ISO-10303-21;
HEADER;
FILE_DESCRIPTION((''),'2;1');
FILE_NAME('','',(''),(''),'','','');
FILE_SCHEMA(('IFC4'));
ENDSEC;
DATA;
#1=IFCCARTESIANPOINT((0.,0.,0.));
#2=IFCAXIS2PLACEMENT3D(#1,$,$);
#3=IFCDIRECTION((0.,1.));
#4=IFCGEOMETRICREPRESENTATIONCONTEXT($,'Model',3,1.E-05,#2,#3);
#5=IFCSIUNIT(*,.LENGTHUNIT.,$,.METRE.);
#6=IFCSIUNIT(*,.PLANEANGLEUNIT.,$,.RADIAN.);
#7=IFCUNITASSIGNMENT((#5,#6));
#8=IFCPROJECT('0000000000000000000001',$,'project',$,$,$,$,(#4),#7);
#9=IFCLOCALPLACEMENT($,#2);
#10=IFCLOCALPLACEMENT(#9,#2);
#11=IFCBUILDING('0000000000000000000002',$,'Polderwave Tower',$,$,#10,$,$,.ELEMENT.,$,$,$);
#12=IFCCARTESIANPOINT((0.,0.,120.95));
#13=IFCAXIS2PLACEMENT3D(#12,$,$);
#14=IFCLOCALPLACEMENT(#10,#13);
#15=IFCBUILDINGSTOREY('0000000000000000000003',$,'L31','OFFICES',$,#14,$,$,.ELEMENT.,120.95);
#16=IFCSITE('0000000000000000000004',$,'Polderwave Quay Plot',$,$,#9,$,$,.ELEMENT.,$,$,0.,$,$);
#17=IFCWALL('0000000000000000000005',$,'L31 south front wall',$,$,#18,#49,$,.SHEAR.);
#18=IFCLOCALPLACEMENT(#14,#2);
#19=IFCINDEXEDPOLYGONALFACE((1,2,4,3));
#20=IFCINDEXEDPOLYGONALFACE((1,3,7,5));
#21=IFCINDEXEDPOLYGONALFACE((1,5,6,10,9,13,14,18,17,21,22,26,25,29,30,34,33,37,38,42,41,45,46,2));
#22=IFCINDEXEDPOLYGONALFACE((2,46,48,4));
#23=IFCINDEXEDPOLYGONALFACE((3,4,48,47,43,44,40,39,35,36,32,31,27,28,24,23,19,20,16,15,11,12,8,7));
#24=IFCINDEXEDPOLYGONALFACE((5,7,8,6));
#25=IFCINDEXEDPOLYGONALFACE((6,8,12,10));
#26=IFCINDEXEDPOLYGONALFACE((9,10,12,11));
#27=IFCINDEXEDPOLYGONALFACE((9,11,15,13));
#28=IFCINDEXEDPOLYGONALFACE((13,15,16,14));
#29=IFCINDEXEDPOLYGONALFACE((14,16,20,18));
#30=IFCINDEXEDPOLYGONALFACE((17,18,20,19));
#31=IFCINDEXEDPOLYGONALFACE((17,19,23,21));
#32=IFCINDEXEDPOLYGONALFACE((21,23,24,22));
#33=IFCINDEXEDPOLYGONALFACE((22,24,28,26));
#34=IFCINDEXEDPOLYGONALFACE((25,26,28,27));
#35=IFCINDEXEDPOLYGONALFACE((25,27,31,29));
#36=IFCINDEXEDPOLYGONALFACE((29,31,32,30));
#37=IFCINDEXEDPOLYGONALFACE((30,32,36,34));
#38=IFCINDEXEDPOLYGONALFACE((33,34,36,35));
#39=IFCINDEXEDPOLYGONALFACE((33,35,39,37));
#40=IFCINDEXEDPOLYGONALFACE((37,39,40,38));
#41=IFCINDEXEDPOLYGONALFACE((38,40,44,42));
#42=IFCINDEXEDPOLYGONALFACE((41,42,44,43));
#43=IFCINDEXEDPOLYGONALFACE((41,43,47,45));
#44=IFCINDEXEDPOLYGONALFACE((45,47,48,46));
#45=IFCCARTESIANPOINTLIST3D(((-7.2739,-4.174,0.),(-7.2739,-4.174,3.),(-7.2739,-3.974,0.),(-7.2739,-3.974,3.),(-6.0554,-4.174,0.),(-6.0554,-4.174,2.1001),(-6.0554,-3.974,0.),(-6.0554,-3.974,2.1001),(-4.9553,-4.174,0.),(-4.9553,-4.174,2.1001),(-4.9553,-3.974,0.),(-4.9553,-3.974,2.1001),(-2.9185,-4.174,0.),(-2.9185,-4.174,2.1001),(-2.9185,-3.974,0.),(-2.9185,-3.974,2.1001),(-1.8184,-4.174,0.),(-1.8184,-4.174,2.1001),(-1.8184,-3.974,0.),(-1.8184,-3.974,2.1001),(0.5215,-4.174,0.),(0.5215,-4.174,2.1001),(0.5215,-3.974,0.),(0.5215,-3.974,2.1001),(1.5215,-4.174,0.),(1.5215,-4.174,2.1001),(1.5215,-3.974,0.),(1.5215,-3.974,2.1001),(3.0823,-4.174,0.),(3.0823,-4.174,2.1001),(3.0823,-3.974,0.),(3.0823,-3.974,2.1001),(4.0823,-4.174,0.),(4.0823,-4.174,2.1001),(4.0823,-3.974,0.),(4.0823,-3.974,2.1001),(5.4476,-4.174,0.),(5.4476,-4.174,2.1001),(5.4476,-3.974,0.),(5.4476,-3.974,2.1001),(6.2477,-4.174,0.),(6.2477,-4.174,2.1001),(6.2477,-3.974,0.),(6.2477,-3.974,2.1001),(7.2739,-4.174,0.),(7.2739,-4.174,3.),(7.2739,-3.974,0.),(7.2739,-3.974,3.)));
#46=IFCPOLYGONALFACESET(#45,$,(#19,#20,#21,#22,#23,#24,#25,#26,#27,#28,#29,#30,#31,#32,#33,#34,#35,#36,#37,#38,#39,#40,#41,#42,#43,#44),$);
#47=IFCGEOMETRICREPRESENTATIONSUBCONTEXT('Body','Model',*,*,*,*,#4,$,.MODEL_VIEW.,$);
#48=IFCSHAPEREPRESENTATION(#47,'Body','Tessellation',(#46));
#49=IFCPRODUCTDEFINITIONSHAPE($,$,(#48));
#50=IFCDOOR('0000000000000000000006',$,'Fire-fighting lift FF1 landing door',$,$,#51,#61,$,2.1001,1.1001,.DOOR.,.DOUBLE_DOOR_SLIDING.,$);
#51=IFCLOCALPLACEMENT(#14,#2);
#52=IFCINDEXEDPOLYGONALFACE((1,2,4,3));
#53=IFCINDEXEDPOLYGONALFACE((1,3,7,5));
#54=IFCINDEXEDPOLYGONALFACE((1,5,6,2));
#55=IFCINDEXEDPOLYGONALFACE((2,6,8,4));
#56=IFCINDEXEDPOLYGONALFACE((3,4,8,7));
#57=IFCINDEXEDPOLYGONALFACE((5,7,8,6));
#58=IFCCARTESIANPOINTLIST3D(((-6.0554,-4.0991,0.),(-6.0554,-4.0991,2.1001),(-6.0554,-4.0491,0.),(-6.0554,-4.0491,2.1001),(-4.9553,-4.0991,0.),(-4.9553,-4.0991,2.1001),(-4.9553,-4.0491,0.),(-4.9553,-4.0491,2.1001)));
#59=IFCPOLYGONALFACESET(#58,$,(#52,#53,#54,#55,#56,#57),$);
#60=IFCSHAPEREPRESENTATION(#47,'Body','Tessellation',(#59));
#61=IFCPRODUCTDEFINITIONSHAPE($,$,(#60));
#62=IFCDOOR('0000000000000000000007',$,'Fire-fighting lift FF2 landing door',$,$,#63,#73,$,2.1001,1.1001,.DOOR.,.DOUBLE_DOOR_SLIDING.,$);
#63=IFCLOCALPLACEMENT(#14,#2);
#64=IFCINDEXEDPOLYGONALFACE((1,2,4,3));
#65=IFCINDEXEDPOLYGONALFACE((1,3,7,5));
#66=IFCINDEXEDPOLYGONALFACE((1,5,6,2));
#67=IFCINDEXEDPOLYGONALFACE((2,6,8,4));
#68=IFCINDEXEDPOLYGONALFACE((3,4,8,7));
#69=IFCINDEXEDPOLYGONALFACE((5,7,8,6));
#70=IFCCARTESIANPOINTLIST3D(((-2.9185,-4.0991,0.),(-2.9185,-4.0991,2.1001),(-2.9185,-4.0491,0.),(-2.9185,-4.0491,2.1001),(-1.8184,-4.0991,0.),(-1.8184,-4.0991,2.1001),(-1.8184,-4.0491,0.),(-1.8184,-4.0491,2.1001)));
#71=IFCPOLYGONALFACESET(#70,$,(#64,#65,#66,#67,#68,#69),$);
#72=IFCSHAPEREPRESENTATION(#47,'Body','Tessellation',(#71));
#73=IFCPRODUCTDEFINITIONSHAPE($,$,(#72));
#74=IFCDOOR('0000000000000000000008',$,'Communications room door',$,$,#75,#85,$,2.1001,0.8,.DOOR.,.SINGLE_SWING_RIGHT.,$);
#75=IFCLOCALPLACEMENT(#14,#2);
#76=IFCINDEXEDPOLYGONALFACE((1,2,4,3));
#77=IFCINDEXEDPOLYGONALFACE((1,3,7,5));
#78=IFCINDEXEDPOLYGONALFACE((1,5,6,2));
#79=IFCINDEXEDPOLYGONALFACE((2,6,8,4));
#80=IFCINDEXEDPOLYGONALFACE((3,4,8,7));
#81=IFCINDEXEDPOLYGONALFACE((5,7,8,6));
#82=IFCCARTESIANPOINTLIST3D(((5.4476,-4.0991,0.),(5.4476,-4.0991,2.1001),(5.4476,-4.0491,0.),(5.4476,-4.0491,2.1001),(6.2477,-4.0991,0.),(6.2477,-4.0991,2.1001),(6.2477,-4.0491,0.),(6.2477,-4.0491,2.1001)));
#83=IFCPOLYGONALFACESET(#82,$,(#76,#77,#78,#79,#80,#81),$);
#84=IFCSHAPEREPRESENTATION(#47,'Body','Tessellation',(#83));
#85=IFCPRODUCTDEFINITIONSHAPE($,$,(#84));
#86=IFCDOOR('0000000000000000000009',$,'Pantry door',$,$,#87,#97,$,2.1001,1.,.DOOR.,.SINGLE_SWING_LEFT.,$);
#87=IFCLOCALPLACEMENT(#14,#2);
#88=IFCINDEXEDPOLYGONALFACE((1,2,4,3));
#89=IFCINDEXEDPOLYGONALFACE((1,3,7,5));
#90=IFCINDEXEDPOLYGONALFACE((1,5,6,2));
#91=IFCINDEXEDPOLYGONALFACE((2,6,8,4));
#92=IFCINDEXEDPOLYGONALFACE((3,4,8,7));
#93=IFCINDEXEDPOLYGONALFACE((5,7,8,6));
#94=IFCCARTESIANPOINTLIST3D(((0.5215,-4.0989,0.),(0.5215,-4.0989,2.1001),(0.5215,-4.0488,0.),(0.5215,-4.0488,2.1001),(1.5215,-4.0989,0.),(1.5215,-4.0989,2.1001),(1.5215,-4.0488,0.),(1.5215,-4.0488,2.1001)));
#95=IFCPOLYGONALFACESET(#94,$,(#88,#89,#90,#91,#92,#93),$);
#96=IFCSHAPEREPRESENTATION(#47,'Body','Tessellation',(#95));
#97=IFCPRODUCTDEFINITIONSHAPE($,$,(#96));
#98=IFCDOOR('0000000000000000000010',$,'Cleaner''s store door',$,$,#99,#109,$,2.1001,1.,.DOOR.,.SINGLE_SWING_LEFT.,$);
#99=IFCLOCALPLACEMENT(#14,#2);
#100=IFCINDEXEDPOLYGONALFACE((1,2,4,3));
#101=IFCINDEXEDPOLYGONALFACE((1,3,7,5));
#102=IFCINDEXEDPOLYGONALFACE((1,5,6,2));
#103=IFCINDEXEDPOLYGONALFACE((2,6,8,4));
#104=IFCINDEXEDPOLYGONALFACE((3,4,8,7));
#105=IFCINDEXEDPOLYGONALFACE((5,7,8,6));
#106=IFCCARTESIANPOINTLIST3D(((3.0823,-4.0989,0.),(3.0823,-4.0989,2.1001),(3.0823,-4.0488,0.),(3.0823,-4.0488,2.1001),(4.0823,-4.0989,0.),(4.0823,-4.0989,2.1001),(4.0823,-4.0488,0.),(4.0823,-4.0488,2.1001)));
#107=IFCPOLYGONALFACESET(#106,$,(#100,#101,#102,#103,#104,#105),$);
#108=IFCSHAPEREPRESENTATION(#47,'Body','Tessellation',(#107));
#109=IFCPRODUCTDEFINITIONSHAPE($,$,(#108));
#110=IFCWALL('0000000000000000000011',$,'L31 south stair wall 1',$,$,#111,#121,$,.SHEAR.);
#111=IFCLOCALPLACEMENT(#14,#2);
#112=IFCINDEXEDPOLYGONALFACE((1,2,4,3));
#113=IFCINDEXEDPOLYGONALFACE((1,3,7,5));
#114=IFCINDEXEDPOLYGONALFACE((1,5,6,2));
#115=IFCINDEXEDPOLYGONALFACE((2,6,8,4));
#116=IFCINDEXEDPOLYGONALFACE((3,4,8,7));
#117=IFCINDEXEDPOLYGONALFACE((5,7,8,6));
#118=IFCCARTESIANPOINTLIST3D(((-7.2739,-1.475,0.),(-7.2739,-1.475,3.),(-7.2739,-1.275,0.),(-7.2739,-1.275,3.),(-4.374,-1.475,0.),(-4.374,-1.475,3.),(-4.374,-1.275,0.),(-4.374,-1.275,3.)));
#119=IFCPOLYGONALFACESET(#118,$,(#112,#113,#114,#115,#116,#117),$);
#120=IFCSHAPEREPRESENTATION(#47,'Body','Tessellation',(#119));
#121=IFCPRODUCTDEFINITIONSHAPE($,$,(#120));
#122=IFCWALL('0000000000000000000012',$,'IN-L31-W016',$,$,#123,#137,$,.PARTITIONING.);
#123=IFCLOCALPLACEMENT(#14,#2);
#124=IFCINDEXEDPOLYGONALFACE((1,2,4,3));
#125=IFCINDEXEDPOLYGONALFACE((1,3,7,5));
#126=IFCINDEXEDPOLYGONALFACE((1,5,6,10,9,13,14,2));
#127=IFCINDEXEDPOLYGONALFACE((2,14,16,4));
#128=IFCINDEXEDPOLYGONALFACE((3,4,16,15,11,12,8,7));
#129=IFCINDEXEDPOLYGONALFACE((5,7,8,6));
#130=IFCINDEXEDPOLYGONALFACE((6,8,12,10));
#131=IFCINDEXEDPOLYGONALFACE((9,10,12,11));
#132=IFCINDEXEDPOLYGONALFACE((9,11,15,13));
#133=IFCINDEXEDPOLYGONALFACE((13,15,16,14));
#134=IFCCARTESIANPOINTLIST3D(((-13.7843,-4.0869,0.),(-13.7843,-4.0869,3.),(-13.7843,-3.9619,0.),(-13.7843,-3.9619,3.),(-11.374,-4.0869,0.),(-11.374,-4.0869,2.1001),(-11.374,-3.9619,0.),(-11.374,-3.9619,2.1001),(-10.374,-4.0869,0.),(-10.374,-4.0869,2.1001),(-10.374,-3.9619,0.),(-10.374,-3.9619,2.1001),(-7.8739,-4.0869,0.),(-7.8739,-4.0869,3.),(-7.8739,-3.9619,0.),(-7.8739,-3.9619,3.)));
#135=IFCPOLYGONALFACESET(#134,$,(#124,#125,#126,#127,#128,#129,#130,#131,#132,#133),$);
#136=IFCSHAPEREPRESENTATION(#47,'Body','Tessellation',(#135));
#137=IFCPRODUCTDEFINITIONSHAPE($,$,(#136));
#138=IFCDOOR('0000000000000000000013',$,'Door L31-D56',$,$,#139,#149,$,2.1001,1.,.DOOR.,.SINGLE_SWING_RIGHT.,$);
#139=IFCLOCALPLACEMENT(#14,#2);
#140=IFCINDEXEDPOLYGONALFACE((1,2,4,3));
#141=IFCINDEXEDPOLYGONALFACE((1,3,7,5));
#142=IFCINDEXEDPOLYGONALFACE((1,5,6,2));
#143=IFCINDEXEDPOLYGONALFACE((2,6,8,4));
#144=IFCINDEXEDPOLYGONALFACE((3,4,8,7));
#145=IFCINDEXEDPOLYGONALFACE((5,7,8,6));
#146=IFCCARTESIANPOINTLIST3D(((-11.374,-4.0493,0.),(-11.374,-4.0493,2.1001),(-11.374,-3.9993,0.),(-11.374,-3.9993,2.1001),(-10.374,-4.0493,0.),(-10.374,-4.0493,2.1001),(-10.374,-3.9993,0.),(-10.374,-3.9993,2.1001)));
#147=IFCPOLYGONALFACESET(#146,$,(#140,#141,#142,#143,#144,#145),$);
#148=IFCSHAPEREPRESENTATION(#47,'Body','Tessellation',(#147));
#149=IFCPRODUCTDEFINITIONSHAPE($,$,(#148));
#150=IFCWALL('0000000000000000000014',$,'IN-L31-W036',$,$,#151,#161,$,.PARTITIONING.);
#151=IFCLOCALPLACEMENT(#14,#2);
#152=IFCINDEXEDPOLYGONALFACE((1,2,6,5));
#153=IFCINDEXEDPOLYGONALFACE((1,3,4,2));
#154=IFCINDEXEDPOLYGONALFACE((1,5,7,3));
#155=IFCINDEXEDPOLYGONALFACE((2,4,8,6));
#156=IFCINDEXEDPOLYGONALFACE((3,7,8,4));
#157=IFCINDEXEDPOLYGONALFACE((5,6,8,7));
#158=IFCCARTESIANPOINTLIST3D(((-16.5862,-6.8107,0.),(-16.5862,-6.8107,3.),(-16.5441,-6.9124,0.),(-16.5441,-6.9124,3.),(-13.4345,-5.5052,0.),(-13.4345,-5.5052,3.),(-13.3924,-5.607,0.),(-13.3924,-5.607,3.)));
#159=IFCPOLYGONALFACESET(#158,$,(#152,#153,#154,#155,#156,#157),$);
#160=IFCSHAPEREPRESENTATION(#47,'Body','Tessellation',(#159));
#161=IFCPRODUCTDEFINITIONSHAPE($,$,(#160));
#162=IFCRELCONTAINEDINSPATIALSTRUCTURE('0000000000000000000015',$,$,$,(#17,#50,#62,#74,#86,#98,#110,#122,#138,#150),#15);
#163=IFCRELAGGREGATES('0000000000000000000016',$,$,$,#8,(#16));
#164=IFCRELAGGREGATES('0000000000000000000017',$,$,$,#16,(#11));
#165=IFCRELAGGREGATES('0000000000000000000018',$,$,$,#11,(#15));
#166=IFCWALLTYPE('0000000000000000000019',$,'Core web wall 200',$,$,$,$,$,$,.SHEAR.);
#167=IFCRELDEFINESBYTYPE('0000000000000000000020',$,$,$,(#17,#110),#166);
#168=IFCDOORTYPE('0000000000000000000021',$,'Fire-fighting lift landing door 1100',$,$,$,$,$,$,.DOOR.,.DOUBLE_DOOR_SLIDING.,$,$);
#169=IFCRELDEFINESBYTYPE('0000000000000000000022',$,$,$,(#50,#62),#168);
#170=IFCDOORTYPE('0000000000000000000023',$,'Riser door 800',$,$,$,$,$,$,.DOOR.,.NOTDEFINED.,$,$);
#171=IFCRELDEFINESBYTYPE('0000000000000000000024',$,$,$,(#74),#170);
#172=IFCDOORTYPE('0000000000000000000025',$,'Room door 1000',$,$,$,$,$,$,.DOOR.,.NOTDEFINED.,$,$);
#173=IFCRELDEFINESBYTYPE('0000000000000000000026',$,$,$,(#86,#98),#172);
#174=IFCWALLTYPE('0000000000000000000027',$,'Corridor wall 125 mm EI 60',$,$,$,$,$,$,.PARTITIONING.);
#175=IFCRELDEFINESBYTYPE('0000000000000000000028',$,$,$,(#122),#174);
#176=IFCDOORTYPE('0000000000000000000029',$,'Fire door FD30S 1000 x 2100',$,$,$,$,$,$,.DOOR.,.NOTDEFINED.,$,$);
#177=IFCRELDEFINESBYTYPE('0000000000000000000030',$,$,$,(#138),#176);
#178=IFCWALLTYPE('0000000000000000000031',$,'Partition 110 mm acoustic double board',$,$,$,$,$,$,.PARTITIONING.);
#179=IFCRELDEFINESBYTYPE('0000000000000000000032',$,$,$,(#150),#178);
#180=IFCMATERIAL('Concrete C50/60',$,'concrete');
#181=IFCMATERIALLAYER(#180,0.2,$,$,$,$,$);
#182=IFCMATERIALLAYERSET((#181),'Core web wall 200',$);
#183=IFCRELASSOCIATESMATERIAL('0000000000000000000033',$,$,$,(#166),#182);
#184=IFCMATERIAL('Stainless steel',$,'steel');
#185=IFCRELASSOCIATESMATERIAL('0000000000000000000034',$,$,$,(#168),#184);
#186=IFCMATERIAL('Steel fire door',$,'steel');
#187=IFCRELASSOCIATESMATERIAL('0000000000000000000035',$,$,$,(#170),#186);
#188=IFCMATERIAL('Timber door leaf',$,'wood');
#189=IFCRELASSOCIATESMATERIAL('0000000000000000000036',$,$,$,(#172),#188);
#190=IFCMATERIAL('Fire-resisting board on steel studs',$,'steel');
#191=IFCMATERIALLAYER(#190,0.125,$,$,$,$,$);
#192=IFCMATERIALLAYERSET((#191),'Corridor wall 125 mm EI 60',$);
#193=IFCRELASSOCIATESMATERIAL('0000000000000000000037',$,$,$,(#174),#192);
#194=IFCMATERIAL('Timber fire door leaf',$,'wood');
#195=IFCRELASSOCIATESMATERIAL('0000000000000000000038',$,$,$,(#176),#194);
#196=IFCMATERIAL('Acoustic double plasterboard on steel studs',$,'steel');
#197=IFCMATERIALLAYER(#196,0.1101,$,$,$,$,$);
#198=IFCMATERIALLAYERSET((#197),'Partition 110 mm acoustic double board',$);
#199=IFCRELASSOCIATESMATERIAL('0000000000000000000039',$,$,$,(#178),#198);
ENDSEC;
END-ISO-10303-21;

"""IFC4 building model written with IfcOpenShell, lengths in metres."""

from ifc_helpers import new_model, si_unit, direction, frame, frame_2d, origin, place, context, subcontext, project, spatial, rectangle, extrude, material, layer, layer_set, type_object, element, fill, save


model = new_model("IFC4")

# Units and contexts
model_context = context("Model", 3, precision=1e-05, world=origin(), true_north=direction((0.0, 1.0)))
body_context = subcontext(model_context, "Body", "Model", "MODEL_VIEW")
ifc_project = project(units=[si_unit("LENGTHUNIT", "METRE"), si_unit("PLANEANGLEUNIT", "RADIAN")], contexts=[model_context])

# Site, building, storey
site_placement = place(None, origin())
site = spatial("IfcSite", under=ifc_project, at=site_placement, Name="Polderwave Quay Plot", CompositionType="ELEMENT", RefElevation=0.0)
building_placement = place(site_placement, origin())
building = spatial("IfcBuilding", under=site, at=building_placement, Name="Polderwave Tower", CompositionType="ELEMENT")
storey_placement = place(building_placement, frame((0.0, 0.0, 120.95)))
storey = spatial("IfcBuildingStorey", under=building, at=storey_placement, Name="L31", Description="OFFICES", CompositionType="ELEMENT", Elevation=120.95)

# Wall, openings, doors
ifc_material_1 = material(Name="Steel fire door", Category="steel")
ifc_material_2 = material(Name="Concrete C50/60", Category="concrete")
ifc_layer_1 = layer(ifc_material_2, 0.2)
ifc_layer_set_1 = layer_set([ifc_layer_1], Name="Core web wall 200")
wall_type_1 = type_object("IfcWallType", Name="Core web wall 200", PredefinedType="SHEAR", material=ifc_layer_set_1)
wall_1_placement = place(storey_placement, frame((-7.2739, -4.074, 0.0), z_axis=(0.0, 0.0, 1.0), x_axis=(1.0, 0.0, 0.0)))
wall_1 = element("IfcWall", 1, at=wall_1_placement, inside=storey, type_object=wall_type_1, Name="L31 south front wall", PredefinedType="SHEAR", context=body_context, shape_type="SweptSolid", body=[
    extrude(rectangle(XDim=14.5479, YDim=0.2, at=frame_2d((7.2739, 0.0))), origin(), (0.0, 0.0, 1.0), 3.0),
])
opening_1_placement = place(wall_1_placement, frame((1.2185, 0.0, 0.0)))
opening_1 = element("IfcOpeningElement", 2, at=opening_1_placement, cuts=wall_1, PredefinedType="OPENING", context=body_context, shape_type="SweptSolid", body=[
    extrude(rectangle(XDim=1.1001, YDim=2.1001, at=frame_2d((0.55, 1.05))), frame((0.0, 0.1099, 0.0), z_axis=(0.0, -1.0, 0.0), x_axis=(1.0, 0.0, 0.0)), (0.0, 0.0, 1.0), 0.22),
])
opening_2_placement = place(wall_1_placement, frame((4.3555, 0.0, 0.0)))
opening_2 = element("IfcOpeningElement", 3, at=opening_2_placement, cuts=wall_1, PredefinedType="OPENING", context=body_context, shape_type="SweptSolid", body=[
    extrude(rectangle(XDim=1.1001, YDim=2.1001, at=frame_2d((0.55, 1.05))), frame((0.0, 0.1099, 0.0), z_axis=(0.0, -1.0, 0.0), x_axis=(1.0, 0.0, 0.0)), (0.0, 0.0, 1.0), 0.22),
])
opening_3_placement = place(wall_1_placement, frame((7.7954, 0.0, 0.0)))
opening_3 = element("IfcOpeningElement", 4, at=opening_3_placement, cuts=wall_1, PredefinedType="OPENING", context=body_context, shape_type="SweptSolid", body=[
    extrude(rectangle(XDim=1.0, YDim=2.1001, at=frame_2d((0.5, 1.05))), frame((0.0, 0.1099, 0.0), z_axis=(0.0, -1.0, 0.0), x_axis=(1.0, 0.0, 0.0)), (0.0, 0.0, 1.0), 0.22),
])
opening_4_placement = place(wall_1_placement, frame((10.3562, 0.0, 0.0)))
opening_4 = element("IfcOpeningElement", 5, at=opening_4_placement, cuts=wall_1, PredefinedType="OPENING", context=body_context, shape_type="SweptSolid", body=[
    extrude(rectangle(XDim=1.0, YDim=2.1001, at=frame_2d((0.5, 1.05))), frame((0.0, 0.1099, 0.0), z_axis=(0.0, -1.0, 0.0), x_axis=(1.0, 0.0, 0.0)), (0.0, 0.0, 1.0), 0.22),
])
opening_5_placement = place(wall_1_placement, frame((12.7217, 0.0, 0.0)))
opening_5 = element("IfcOpeningElement", 6, at=opening_5_placement, cuts=wall_1, PredefinedType="OPENING", context=body_context, shape_type="SweptSolid", body=[
    extrude(rectangle(XDim=0.8, YDim=2.1001, at=frame_2d((0.3999, 1.05))), frame((0.0, 0.1099, 0.0), z_axis=(0.0, -1.0, 0.0), x_axis=(1.0, 0.0, 0.0)), (0.0, 0.0, 1.0), 0.22),
])
ifc_material_3 = material(Name="Stainless steel", Category="steel")
door_type_1 = type_object("IfcDoorType", Name="Fire-fighting lift landing door 1100", OperationType="DOUBLE_DOOR_SLIDING", PredefinedType="DOOR", material=ifc_material_3)
door_1_placement = place(opening_1_placement, origin())
door_1 = element("IfcDoor", 7, at=door_1_placement, inside=storey, type_object=door_type_1, Name="Fire-fighting lift FF1 landing door", OperationType="DOUBLE_DOOR_SLIDING", OverallHeight=2.1001, OverallWidth=1.1001, PredefinedType="DOOR", context=body_context, shape_type="SweptSolid", body=[
    extrude(rectangle(XDim=1.1001, YDim=2.1001, at=frame_2d((0.55, 1.05))), frame((0.0, 0.0249, 0.0), z_axis=(0.0, -1.0, 0.0), x_axis=(1.0, 0.0, 0.0)), (0.0, 0.0, 1.0), 0.05),
])
fill(opening_1, door_1)
door_2_placement = place(opening_2_placement, origin())
door_2 = element("IfcDoor", 8, at=door_2_placement, inside=storey, type_object=door_type_1, Name="Fire-fighting lift FF2 landing door", OperationType="DOUBLE_DOOR_SLIDING", OverallHeight=2.1001, OverallWidth=1.1001, PredefinedType="DOOR", context=body_context, shape_type="SweptSolid", body=[
    extrude(rectangle(XDim=1.1001, YDim=2.1001, at=frame_2d((0.55, 1.05))), frame((0.0, 0.0249, 0.0), z_axis=(0.0, -1.0, 0.0), x_axis=(1.0, 0.0, 0.0)), (0.0, 0.0, 1.0), 0.05),
])
fill(opening_2, door_2)
door_type_2 = type_object("IfcDoorType", Name="Riser door 800", OperationType="NOTDEFINED", PredefinedType="DOOR", material=ifc_material_1)
door_3_placement = place(opening_5_placement, origin())
door_3 = element("IfcDoor", 9, at=door_3_placement, inside=storey, type_object=door_type_2, Name="Communications room door", OperationType="SINGLE_SWING_RIGHT", OverallHeight=2.1001, OverallWidth=0.8, PredefinedType="DOOR", context=body_context, shape_type="SweptSolid", body=[
    extrude(rectangle(XDim=0.8, YDim=2.1001, at=frame_2d((0.3999, 1.05))), frame((0.0, 0.0249, 0.0), z_axis=(0.0, -1.0, 0.0), x_axis=(1.0, 0.0, 0.0)), (0.0, 0.0, 1.0), 0.05),
])
fill(opening_5, door_3)
ifc_material_4 = material(Name="Timber door leaf", Category="wood")
door_type_3 = type_object("IfcDoorType", Name="Room door 1000", OperationType="NOTDEFINED", PredefinedType="DOOR", material=ifc_material_4)
door_4_placement = place(opening_3_placement, frame((1.0, 0.0, 0.0), z_axis=(0.0, 0.0, 1.0), x_axis=(-1.0, 0.0, 0.0)))
door_4 = element("IfcDoor", 10, at=door_4_placement, inside=storey, type_object=door_type_3, Name="Pantry door", OperationType="SINGLE_SWING_LEFT", OverallHeight=2.1001, OverallWidth=1.0, PredefinedType="DOOR", context=body_context, shape_type="SweptSolid", body=[
    extrude(rectangle(XDim=1.0, YDim=2.1001, at=frame_2d((0.5, 1.05))), frame((0.0, 0.0249, 0.0), z_axis=(0.0, -1.0, 0.0), x_axis=(1.0, 0.0, 0.0)), (0.0, 0.0, 1.0), 0.05),
])
fill(opening_3, door_4)
door_5_placement = place(opening_4_placement, frame((1.0, 0.0, 0.0), z_axis=(0.0, 0.0, 1.0), x_axis=(-1.0, 0.0, 0.0)))
door_5 = element("IfcDoor", 11, at=door_5_placement, inside=storey, type_object=door_type_3, Name="Cleaner's store door", OperationType="SINGLE_SWING_LEFT", OverallHeight=2.1001, OverallWidth=1.0, PredefinedType="DOOR", context=body_context, shape_type="SweptSolid", body=[
    extrude(rectangle(XDim=1.0, YDim=2.1001, at=frame_2d((0.5, 1.05))), frame((0.0, 0.0249, 0.0), z_axis=(0.0, -1.0, 0.0), x_axis=(1.0, 0.0, 0.0)), (0.0, 0.0, 1.0), 0.05),
])
fill(opening_4, door_5)

# Wall
wall_2_placement = place(storey_placement, frame((-7.2739, -1.375, 0.0), z_axis=(0.0, 0.0, 1.0), x_axis=(1.0, 0.0, 0.0)))
element("IfcWall", 12, at=wall_2_placement, inside=storey, type_object=wall_type_1, Name="L31 south stair wall 1", PredefinedType="SHEAR", context=body_context, shape_type="SweptSolid", body=[
    extrude(rectangle(XDim=2.8999, YDim=0.2, at=frame_2d((1.45, 0.0))), origin(), (0.0, 0.0, 1.0), 3.0),
])

# Wall, opening, door
ifc_material_5 = material(Name="Fire-resisting board on steel studs", Category="steel")
ifc_layer_2 = layer(ifc_material_5, 0.125)
ifc_layer_set_2 = layer_set([ifc_layer_2], Name="Corridor wall 125 mm EI 60")
wall_type_2 = type_object("IfcWallType", Name="Corridor wall 125 mm EI 60", PredefinedType="PARTITIONING", material=ifc_layer_set_2)
wall_3_placement = place(storey_placement, frame((-7.874, -4.0244, 0.0), z_axis=(0.0, 0.0, 1.0), x_axis=(-1.0, 0.0, 0.0)))
wall_3 = element("IfcWall", 13, at=wall_3_placement, inside=storey, type_object=wall_type_2, Name="IN-L31-W016", PredefinedType="PARTITIONING", context=body_context, shape_type="SweptSolid", body=[
    extrude(rectangle(XDim=5.9104, YDim=0.125, at=frame_2d((2.9551, 0.0))), origin(), (0.0, 0.0, 1.0), 3.0),
])
opening_6_placement = place(wall_3_placement, frame((2.5, 0.0, 0.0)))
opening_6 = element("IfcOpeningElement", 14, at=opening_6_placement, cuts=wall_3, PredefinedType="OPENING", context=body_context, shape_type="SweptSolid", body=[
    extrude(rectangle(XDim=1.0, YDim=2.1001, at=frame_2d((0.5, 1.05))), frame((0.0, 0.0725, 0.0), z_axis=(0.0, -1.0, 0.0), x_axis=(1.0, 0.0, 0.0)), (0.0, 0.0, 1.0), 0.145),
])
ifc_material_6 = material(Name="Timber fire door leaf", Category="wood")
door_type_4 = type_object("IfcDoorType", Name="Fire door FD30S 1000 x 2100", OperationType="NOTDEFINED", PredefinedType="DOOR", material=ifc_material_6)
door_6_placement = place(opening_6_placement, origin())
door_6 = element("IfcDoor", 15, at=door_6_placement, inside=storey, type_object=door_type_4, Name="Door L31-D56", OperationType="SINGLE_SWING_RIGHT", OverallHeight=2.1001, OverallWidth=1.0, PredefinedType="DOOR", context=body_context, shape_type="SweptSolid", body=[
    extrude(rectangle(XDim=1.0, YDim=2.1001, at=frame_2d((0.5, 1.05))), frame((0.0, 0.0249, 0.0), z_axis=(0.0, -1.0, 0.0), x_axis=(1.0, 0.0, 0.0)), (0.0, 0.0, 1.0), 0.05),
])
fill(opening_6, door_6)

# Wall
ifc_material_7 = material(Name="Acoustic double plasterboard on steel studs", Category="steel")
ifc_layer_3 = layer(ifc_material_7, 0.1101)
ifc_layer_set_3 = layer_set([ifc_layer_3], Name="Partition 110 mm acoustic double board")
wall_type_3 = type_object("IfcWallType", Name="Partition 110 mm acoustic double board", PredefinedType="PARTITIONING", material=ifc_layer_set_3)
wall_4_placement = place(storey_placement, frame((-13.4136, -5.5562, 0.0), z_axis=(0.0, 0.0, 1.0), x_axis=(-0.923882, -0.382678, 0.0)))
element("IfcWall", 16, at=wall_4_placement, inside=storey, type_object=wall_type_3, Name="IN-L31-W036", PredefinedType="PARTITIONING", context=body_context, shape_type="SweptSolid", body=[
    extrude(rectangle(XDim=3.4114, YDim=0.1101, at=frame_2d((1.7056, 0.0))), origin(), (0.0, 0.0, 1.0), 3.0),
])

save(model, "model.ifc")
